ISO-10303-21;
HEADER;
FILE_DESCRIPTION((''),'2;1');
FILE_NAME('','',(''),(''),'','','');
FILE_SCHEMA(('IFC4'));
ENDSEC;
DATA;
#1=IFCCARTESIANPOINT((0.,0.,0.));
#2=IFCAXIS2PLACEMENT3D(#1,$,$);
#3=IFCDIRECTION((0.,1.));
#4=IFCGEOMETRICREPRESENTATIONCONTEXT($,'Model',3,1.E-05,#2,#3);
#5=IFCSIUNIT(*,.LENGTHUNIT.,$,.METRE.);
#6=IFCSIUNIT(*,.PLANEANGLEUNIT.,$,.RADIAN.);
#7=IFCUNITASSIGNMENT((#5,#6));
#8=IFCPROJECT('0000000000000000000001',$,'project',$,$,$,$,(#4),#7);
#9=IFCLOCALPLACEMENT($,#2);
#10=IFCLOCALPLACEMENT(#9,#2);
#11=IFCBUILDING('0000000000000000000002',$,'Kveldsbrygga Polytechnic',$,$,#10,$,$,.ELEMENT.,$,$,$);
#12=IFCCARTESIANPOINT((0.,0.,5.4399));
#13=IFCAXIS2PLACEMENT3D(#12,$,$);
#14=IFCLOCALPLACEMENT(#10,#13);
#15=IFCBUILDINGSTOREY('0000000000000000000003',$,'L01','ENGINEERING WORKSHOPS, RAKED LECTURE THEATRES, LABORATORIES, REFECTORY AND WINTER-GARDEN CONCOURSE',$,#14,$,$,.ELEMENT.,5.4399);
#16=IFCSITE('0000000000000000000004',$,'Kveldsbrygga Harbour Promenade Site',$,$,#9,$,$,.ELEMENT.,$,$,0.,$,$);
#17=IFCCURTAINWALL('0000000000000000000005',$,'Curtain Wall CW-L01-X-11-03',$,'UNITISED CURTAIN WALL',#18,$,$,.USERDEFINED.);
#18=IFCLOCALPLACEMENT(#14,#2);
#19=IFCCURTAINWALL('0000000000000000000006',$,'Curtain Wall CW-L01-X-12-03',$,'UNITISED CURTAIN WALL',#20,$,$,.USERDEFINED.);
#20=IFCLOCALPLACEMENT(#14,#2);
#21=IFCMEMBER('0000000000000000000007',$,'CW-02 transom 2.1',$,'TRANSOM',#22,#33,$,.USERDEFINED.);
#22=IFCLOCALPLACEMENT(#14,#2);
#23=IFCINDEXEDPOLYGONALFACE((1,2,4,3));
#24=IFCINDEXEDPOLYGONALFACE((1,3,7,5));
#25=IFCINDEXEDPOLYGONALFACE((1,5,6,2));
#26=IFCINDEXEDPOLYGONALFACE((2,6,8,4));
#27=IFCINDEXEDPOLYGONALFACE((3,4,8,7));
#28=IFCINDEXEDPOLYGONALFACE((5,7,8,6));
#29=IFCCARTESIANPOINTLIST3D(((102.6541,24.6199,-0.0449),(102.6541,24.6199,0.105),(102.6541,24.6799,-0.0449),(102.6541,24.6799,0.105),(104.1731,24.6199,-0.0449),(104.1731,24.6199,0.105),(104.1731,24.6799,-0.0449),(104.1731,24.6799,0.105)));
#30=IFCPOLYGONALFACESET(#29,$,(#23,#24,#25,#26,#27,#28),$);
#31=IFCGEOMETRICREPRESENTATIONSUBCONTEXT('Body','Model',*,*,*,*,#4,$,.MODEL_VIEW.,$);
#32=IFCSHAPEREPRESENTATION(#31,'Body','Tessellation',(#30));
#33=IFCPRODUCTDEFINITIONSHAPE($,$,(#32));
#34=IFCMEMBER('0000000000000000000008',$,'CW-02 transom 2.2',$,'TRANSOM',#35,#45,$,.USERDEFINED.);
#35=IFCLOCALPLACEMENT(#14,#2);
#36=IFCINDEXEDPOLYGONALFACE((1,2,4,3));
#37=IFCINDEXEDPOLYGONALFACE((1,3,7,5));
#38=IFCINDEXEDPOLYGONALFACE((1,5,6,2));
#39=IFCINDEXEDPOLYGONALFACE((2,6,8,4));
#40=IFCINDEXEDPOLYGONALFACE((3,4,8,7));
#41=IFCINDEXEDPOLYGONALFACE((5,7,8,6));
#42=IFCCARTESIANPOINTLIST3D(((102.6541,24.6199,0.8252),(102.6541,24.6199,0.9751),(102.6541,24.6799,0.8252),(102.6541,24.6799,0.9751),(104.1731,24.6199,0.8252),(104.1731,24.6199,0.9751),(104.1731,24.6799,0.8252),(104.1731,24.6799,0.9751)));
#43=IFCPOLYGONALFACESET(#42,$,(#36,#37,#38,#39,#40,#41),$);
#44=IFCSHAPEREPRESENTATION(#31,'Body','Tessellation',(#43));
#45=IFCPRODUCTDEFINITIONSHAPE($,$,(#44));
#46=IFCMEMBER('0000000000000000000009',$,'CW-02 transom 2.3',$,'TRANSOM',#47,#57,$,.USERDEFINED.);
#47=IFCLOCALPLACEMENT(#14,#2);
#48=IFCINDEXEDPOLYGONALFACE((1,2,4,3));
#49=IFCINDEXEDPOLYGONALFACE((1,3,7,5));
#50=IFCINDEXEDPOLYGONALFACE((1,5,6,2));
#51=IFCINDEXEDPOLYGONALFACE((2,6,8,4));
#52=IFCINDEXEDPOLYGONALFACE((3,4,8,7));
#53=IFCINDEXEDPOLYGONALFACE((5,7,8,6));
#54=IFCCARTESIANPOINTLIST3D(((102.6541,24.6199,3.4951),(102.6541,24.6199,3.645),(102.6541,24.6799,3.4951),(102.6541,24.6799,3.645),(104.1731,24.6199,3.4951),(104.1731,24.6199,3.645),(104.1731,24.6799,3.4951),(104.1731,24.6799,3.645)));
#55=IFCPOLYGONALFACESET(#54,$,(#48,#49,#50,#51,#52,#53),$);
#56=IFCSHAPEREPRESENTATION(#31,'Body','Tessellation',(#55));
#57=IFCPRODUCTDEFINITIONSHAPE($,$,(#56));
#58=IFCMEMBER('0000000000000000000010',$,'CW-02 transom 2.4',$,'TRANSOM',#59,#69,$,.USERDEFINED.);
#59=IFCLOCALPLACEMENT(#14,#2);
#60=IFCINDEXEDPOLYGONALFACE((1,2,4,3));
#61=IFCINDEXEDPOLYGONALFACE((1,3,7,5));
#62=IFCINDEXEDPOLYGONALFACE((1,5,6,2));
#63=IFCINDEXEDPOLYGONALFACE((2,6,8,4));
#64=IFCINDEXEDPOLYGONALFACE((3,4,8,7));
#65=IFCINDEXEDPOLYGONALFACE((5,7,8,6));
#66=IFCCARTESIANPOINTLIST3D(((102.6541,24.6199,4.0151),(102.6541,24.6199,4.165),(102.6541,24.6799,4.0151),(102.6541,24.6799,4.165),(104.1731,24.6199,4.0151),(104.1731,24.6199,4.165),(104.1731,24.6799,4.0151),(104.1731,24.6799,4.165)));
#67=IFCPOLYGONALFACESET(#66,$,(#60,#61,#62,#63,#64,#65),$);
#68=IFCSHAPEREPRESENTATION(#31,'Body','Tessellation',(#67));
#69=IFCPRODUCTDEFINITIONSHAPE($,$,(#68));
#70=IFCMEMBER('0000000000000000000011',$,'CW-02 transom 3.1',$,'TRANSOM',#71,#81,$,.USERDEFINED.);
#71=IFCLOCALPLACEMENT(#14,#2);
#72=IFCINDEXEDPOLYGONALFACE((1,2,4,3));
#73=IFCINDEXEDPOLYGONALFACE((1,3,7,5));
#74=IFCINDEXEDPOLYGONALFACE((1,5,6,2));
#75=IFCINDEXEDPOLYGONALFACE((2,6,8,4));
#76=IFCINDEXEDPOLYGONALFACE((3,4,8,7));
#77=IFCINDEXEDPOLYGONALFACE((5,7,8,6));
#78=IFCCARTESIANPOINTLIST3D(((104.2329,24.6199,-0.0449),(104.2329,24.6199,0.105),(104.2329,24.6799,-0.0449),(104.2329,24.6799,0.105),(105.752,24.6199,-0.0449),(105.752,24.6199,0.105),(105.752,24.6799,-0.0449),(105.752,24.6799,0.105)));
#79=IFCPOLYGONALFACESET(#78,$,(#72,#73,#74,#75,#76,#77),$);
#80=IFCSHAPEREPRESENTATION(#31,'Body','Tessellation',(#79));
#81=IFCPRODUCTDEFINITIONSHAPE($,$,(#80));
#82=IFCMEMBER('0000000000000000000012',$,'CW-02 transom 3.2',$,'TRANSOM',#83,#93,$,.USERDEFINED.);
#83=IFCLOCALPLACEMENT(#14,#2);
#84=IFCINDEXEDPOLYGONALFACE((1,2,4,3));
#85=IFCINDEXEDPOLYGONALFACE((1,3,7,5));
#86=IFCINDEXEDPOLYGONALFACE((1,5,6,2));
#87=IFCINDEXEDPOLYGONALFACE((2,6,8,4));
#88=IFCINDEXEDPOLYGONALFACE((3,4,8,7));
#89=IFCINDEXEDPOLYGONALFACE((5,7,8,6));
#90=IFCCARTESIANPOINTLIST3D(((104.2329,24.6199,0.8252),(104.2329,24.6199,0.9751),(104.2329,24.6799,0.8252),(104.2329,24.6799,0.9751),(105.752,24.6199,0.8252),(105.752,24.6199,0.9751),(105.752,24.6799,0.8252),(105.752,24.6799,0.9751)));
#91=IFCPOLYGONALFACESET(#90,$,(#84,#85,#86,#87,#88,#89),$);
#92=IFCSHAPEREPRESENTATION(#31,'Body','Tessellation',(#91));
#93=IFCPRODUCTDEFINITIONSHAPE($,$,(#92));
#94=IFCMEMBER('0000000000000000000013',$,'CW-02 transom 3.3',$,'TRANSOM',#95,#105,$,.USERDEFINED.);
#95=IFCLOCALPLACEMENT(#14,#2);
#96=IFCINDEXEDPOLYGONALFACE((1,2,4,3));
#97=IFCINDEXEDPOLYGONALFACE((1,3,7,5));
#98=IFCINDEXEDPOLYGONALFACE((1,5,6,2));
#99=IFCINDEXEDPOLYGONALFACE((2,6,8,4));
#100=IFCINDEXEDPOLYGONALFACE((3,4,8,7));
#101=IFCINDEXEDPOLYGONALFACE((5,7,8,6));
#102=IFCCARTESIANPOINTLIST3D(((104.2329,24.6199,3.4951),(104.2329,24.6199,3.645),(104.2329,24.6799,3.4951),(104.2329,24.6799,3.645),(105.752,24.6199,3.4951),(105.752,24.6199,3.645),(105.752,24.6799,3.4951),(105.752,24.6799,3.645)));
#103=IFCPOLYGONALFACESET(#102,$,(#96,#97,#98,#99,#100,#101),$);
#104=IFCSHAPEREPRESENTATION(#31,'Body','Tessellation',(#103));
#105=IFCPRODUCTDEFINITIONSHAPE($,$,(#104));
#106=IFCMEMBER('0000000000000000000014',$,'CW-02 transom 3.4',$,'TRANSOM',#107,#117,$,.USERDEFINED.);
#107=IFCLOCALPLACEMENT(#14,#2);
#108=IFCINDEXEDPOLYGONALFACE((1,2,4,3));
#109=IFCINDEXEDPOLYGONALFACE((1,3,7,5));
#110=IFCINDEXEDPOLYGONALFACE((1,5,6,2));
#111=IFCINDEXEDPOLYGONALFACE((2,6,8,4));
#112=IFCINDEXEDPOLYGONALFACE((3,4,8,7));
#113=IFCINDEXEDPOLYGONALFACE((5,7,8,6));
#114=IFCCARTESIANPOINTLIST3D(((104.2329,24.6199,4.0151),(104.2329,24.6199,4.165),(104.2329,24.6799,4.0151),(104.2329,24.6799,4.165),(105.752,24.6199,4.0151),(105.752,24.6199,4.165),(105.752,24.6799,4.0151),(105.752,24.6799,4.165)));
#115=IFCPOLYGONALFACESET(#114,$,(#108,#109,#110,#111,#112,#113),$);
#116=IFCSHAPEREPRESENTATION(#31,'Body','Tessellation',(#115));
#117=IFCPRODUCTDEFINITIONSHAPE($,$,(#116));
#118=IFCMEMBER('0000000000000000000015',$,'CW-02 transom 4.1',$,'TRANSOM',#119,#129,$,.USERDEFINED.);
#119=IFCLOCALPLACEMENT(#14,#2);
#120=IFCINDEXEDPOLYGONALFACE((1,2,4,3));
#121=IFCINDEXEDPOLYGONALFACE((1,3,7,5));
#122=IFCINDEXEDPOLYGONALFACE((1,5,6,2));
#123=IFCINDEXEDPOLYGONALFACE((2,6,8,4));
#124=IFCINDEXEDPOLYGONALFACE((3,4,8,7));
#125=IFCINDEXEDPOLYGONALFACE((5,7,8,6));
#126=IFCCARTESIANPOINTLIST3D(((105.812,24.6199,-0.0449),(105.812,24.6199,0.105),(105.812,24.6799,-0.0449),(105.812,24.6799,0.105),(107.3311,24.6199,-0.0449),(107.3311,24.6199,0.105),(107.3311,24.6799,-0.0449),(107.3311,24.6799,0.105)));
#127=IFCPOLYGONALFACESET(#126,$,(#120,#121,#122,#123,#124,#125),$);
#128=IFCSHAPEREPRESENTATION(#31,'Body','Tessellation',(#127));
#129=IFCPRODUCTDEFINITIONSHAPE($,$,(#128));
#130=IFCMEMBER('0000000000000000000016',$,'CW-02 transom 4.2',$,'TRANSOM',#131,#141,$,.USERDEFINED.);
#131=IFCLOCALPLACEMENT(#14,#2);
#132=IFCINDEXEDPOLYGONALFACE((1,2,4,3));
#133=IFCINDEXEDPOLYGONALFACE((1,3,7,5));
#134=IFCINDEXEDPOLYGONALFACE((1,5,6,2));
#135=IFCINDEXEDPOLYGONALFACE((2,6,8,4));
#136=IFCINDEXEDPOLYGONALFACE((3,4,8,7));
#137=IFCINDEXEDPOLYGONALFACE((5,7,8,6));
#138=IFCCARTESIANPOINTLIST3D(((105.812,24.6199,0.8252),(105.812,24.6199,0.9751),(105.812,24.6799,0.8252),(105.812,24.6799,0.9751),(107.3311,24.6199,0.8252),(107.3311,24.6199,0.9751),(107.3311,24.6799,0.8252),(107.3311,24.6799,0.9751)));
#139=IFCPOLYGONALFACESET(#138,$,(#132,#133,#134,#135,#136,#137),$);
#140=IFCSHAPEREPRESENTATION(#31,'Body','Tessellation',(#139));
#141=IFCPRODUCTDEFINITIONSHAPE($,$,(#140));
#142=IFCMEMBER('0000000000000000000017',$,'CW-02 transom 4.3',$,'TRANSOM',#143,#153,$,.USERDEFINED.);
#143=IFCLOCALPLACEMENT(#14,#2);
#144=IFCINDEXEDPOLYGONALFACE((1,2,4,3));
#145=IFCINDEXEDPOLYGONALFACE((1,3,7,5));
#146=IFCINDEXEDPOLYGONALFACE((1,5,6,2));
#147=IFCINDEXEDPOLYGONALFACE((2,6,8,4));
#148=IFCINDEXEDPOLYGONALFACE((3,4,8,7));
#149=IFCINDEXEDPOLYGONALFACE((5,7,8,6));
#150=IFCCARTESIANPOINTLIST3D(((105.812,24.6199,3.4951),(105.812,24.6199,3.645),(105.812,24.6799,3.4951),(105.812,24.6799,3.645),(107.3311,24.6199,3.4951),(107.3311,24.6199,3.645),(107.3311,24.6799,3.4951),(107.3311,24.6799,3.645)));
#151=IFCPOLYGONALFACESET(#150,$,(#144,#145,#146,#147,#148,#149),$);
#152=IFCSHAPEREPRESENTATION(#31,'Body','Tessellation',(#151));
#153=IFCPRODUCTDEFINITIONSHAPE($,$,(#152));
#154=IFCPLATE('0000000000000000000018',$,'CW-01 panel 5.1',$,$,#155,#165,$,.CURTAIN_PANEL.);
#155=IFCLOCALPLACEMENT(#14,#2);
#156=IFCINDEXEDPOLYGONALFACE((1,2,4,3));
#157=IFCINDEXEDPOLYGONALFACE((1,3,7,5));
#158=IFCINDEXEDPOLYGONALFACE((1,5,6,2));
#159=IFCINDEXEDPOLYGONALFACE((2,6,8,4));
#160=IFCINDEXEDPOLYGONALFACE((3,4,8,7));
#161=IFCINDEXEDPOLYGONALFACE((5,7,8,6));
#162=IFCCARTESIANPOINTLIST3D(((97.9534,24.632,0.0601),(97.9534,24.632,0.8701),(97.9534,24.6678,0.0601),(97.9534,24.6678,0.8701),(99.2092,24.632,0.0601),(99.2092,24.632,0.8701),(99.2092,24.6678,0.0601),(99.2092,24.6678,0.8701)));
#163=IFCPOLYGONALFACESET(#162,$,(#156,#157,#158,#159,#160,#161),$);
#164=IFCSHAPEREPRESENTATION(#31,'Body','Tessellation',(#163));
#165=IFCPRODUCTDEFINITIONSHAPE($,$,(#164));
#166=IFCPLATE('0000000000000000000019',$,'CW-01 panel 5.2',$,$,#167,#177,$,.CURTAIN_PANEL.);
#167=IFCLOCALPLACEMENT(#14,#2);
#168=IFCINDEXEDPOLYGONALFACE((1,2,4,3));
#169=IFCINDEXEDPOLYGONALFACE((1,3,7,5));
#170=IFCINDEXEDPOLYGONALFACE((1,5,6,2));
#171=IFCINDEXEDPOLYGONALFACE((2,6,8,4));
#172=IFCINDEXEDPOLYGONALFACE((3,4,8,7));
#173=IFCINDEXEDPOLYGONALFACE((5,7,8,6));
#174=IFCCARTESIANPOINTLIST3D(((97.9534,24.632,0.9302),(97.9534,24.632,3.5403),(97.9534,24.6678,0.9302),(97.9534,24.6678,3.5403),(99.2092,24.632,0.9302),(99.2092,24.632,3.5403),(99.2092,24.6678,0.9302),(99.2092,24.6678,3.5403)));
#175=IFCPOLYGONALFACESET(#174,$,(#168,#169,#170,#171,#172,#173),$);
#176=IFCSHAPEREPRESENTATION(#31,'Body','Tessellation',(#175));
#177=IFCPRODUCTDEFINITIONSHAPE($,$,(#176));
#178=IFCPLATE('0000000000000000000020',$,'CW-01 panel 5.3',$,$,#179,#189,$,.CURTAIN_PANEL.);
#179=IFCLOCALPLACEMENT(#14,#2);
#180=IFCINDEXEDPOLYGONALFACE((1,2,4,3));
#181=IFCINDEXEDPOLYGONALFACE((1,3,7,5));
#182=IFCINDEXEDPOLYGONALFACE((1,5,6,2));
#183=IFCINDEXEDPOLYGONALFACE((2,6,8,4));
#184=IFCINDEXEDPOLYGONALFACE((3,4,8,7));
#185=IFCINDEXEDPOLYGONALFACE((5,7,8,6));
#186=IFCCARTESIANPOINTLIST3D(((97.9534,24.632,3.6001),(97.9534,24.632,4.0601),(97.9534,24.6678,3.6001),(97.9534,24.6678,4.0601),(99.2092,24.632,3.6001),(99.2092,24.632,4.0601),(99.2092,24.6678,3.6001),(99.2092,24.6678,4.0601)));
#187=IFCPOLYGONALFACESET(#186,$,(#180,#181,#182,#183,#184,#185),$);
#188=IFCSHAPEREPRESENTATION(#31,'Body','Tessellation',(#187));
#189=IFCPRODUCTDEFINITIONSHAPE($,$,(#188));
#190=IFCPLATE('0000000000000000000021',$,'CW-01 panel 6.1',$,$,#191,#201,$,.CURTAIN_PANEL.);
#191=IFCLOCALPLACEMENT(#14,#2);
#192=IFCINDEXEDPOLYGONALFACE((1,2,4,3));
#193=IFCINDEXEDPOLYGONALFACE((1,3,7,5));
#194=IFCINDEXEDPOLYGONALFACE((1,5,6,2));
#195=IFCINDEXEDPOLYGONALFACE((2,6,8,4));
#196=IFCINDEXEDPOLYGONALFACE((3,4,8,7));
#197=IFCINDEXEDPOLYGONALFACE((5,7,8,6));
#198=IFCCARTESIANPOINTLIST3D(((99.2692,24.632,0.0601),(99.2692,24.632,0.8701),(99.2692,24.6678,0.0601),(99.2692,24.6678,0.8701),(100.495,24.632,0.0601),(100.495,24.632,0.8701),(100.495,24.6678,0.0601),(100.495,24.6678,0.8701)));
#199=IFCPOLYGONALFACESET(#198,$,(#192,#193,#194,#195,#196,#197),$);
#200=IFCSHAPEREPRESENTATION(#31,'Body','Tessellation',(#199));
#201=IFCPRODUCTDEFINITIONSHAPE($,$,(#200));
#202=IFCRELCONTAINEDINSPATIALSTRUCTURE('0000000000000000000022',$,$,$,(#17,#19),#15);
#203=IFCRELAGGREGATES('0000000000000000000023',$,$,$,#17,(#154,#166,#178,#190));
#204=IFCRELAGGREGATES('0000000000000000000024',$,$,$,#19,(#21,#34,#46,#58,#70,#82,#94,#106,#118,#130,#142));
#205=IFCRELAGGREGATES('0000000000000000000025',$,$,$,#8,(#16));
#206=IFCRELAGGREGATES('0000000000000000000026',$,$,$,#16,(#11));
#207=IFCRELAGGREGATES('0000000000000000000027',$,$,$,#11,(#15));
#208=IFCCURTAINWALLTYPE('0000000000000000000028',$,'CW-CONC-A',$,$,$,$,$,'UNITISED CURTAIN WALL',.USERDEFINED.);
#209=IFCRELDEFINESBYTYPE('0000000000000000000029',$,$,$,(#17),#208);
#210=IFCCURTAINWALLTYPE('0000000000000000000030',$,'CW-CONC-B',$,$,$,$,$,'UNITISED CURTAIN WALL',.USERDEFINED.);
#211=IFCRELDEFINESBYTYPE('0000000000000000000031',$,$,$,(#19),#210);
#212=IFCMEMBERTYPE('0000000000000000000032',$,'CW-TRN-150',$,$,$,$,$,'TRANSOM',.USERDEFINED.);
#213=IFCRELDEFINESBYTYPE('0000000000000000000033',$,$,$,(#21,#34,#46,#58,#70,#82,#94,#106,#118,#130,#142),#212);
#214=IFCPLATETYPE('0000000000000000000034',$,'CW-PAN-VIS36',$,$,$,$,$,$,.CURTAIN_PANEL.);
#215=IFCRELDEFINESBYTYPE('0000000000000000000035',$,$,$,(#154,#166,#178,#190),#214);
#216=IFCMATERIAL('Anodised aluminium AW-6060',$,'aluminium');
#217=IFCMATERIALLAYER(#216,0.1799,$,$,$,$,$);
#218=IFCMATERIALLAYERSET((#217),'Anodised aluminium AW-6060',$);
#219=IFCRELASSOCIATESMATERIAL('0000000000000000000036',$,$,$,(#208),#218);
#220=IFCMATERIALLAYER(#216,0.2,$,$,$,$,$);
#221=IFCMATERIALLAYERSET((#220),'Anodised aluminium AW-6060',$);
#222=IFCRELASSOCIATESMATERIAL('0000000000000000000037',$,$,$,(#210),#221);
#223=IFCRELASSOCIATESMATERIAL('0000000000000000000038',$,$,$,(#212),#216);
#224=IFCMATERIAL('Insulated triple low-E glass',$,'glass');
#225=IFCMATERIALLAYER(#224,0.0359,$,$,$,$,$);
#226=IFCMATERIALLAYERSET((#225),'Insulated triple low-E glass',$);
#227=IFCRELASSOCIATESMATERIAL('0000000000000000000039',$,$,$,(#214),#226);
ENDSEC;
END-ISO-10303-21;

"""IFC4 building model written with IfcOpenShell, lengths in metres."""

from ifc_helpers import new_model, si_unit, direction, frame, origin, origin_2d, place, context, subcontext, project, spatial, rectangle, extrude, material, layer, layer_set, material_profile, profile_set, type_object, element, aggregate, save


model = new_model("IFC4")

# Units and contexts
model_context = context("Model", 3, precision=1e-05, world=origin(), true_north=direction((0.0, 1.0)))
body_context = subcontext(model_context, "Body", "Model", "MODEL_VIEW")
ifc_project = project(units=[si_unit("LENGTHUNIT", "METRE"), si_unit("PLANEANGLEUNIT", "RADIAN")], contexts=[model_context])

# Site, building, storey
site_placement = place(None, origin())
site = spatial("IfcSite", under=ifc_project, at=site_placement, Name="Kveldsbrygga Harbour Promenade Site", CompositionType="ELEMENT", RefElevation=0.0)
building_placement = place(site_placement, origin())
building = spatial("IfcBuilding", under=site, at=building_placement, Name="Kveldsbrygga Polytechnic", CompositionType="ELEMENT")
storey_placement = place(building_placement, frame((0.0, 0.0, 5.4399)))
storey = spatial("IfcBuildingStorey", under=building, at=storey_placement, Name="L01", Description="ENGINEERING WORKSHOPS, RAKED LECTURE THEATRES, LABORATORIES, REFECTORY AND WINTER-GARDEN CONCOURSE", CompositionType="ELEMENT", Elevation=5.4399)

# Curtain walls
ifc_material_1 = material(Name="Anodised aluminium AW-6060", Category="aluminium")
ifc_layer_1 = layer(ifc_material_1, 0.1799)
ifc_layer_set_1 = layer_set([ifc_layer_1], Name="Anodised aluminium AW-6060")
curtain_wall_type_1 = type_object("IfcCurtainWallType", Name="CW-CONC-A", ElementType="UNITISED CURTAIN WALL", PredefinedType="USERDEFINED", material=ifc_layer_set_1)
curtain_wall_1_placement = place(storey_placement, origin())
curtain_wall_1 = element("IfcCurtainWall", 1, at=curtain_wall_1_placement, inside=storey, type_object=curtain_wall_type_1, Name="Curtain Wall CW-L01-X-11-03", ObjectType="UNITISED CURTAIN WALL", PredefinedType="USERDEFINED")
ifc_layer_2 = layer(ifc_material_1, 0.2)
ifc_layer_set_2 = layer_set([ifc_layer_2], Name="Anodised aluminium AW-6060")
curtain_wall_type_2 = type_object("IfcCurtainWallType", Name="CW-CONC-B", ElementType="UNITISED CURTAIN WALL", PredefinedType="USERDEFINED", material=ifc_layer_set_2)
curtain_wall_2_placement = place(storey_placement, origin())
curtain_wall_2 = element("IfcCurtainWall", 2, at=curtain_wall_2_placement, inside=storey, type_object=curtain_wall_type_2, Name="Curtain Wall CW-L01-X-12-03", ObjectType="UNITISED CURTAIN WALL", PredefinedType="USERDEFINED")

# Members
ifc_material_profile_1 = material_profile(ifc_material_1, rectangle(XDim=0.0601, YDim=0.1499, at=origin_2d()), Name="ALU 60x150")
ifc_profile_set_1 = profile_set([ifc_material_profile_1], Name="Anodised aluminium AW-6060")
member_type_1 = type_object("IfcMemberType", Name="CW-TRN-150", ElementType="TRANSOM", PredefinedType="USERDEFINED", material=ifc_profile_set_1)
member_1_placement = place(storey_placement, frame((102.6541, 24.6499, 0.03), z_axis=(1.0, 0.0, 0.0), x_axis=(0.0, 1.0, 0.0)))
member_1 = element("IfcMember", 3, at=member_1_placement, type_object=member_type_1, Name="CW-02 transom 2.1", ObjectType="TRANSOM", PredefinedType="USERDEFINED", context=body_context, shape_type="SweptSolid", body=[
    extrude(rectangle(XDim=0.0601, YDim=0.1499, at=origin_2d()), origin(), (0.0, 0.0, 1.0), 1.519),
])
member_2_placement = place(storey_placement, frame((102.6541, 24.6499, 0.9001), z_axis=(1.0, 0.0, 0.0), x_axis=(0.0, 1.0, 0.0)))
member_2 = element("IfcMember", 4, at=member_2_placement, type_object=member_type_1, Name="CW-02 transom 2.2", ObjectType="TRANSOM", PredefinedType="USERDEFINED", context=body_context, shape_type="SweptSolid", body=[
    extrude(rectangle(XDim=0.0601, YDim=0.1499, at=origin_2d()), origin(), (0.0, 0.0, 1.0), 1.519),
])
member_3_placement = place(storey_placement, frame((102.6541, 24.6499, 3.5701), z_axis=(1.0, 0.0, 0.0), x_axis=(0.0, 1.0, 0.0)))
member_3 = element("IfcMember", 5, at=member_3_placement, type_object=member_type_1, Name="CW-02 transom 2.3", ObjectType="TRANSOM", PredefinedType="USERDEFINED", context=body_context, shape_type="SweptSolid", body=[
    extrude(rectangle(XDim=0.0601, YDim=0.1499, at=origin_2d()), origin(), (0.0, 0.0, 1.0), 1.519),
])
member_4_placement = place(storey_placement, frame((102.6541, 24.6499, 4.0901), z_axis=(1.0, 0.0, 0.0), x_axis=(0.0, 1.0, 0.0)))
member_4 = element("IfcMember", 6, at=member_4_placement, type_object=member_type_1, Name="CW-02 transom 2.4", ObjectType="TRANSOM", PredefinedType="USERDEFINED", context=body_context, shape_type="SweptSolid", body=[
    extrude(rectangle(XDim=0.0601, YDim=0.1499, at=origin_2d()), origin(), (0.0, 0.0, 1.0), 1.519),
])
member_5_placement = place(storey_placement, frame((104.2329, 24.6499, 0.03), z_axis=(1.0, 0.0, 0.0), x_axis=(0.0, 1.0, 0.0)))
member_5 = element("IfcMember", 7, at=member_5_placement, type_object=member_type_1, Name="CW-02 transom 3.1", ObjectType="TRANSOM", PredefinedType="USERDEFINED", context=body_context, shape_type="SweptSolid", body=[
    extrude(rectangle(XDim=0.0601, YDim=0.1499, at=origin_2d()), origin(), (0.0, 0.0, 1.0), 1.519),
])
member_6_placement = place(storey_placement, frame((104.2329, 24.6499, 0.9001), z_axis=(1.0, 0.0, 0.0), x_axis=(0.0, 1.0, 0.0)))
member_6 = element("IfcMember", 8, at=member_6_placement, type_object=member_type_1, Name="CW-02 transom 3.2", ObjectType="TRANSOM", PredefinedType="USERDEFINED", context=body_context, shape_type="SweptSolid", body=[
    extrude(rectangle(XDim=0.0601, YDim=0.1499, at=origin_2d()), origin(), (0.0, 0.0, 1.0), 1.519),
])
member_7_placement = place(storey_placement, frame((104.2329, 24.6499, 3.5701), z_axis=(1.0, 0.0, 0.0), x_axis=(0.0, 1.0, 0.0)))
member_7 = element("IfcMember", 9, at=member_7_placement, type_object=member_type_1, Name="CW-02 transom 3.3", ObjectType="TRANSOM", PredefinedType="USERDEFINED", context=body_context, shape_type="SweptSolid", body=[
    extrude(rectangle(XDim=0.0601, YDim=0.1499, at=origin_2d()), origin(), (0.0, 0.0, 1.0), 1.519),
])
member_8_placement = place(storey_placement, frame((104.2329, 24.6499, 4.0901), z_axis=(1.0, 0.0, 0.0), x_axis=(0.0, 1.0, 0.0)))
member_8 = element("IfcMember", 10, at=member_8_placement, type_object=member_type_1, Name="CW-02 transom 3.4", ObjectType="TRANSOM", PredefinedType="USERDEFINED", context=body_context, shape_type="SweptSolid", body=[
    extrude(rectangle(XDim=0.0601, YDim=0.1499, at=origin_2d()), origin(), (0.0, 0.0, 1.0), 1.519),
])
member_9_placement = place(storey_placement, frame((105.812, 24.6499, 0.03), z_axis=(1.0, 0.0, 0.0), x_axis=(0.0, 1.0, 0.0)))
member_9 = element("IfcMember", 11, at=member_9_placement, type_object=member_type_1, Name="CW-02 transom 4.1", ObjectType="TRANSOM", PredefinedType="USERDEFINED", context=body_context, shape_type="SweptSolid", body=[
    extrude(rectangle(XDim=0.0601, YDim=0.1499, at=origin_2d()), origin(), (0.0, 0.0, 1.0), 1.519),
])
member_10_placement = place(storey_placement, frame((105.812, 24.6499, 0.9001), z_axis=(1.0, 0.0, 0.0), x_axis=(0.0, 1.0, 0.0)))
member_10 = element("IfcMember", 12, at=member_10_placement, type_object=member_type_1, Name="CW-02 transom 4.2", ObjectType="TRANSOM", PredefinedType="USERDEFINED", context=body_context, shape_type="SweptSolid", body=[
    extrude(rectangle(XDim=0.0601, YDim=0.1499, at=origin_2d()), origin(), (0.0, 0.0, 1.0), 1.519),
])
member_11_placement = place(storey_placement, frame((105.812, 24.6499, 3.5701), z_axis=(1.0, 0.0, 0.0), x_axis=(0.0, 1.0, 0.0)))
member_11 = element("IfcMember", 13, at=member_11_placement, type_object=member_type_1, Name="CW-02 transom 4.3", ObjectType="TRANSOM", PredefinedType="USERDEFINED", context=body_context, shape_type="SweptSolid", body=[
    extrude(rectangle(XDim=0.0601, YDim=0.1499, at=origin_2d()), origin(), (0.0, 0.0, 1.0), 1.519),
])

# Plates
ifc_material_2 = material(Name="Insulated triple low-E glass", Category="glass")
ifc_layer_3 = layer(ifc_material_2, 0.0359)
ifc_layer_set_3 = layer_set([ifc_layer_3], Name="Insulated triple low-E glass")
plate_type_1 = type_object("IfcPlateType", Name="CW-PAN-VIS36", PredefinedType="CURTAIN_PANEL", material=ifc_layer_set_3)
plate_1_placement = place(storey_placement, frame((98.5813, 24.6499, 0.0601), z_axis=(0.0, 0.0, 1.0), x_axis=(1.0, 0.0, 0.0)))
plate_1 = element("IfcPlate", 14, at=plate_1_placement, type_object=plate_type_1, Name="CW-01 panel 5.1", PredefinedType="CURTAIN_PANEL", context=body_context, shape_type="SweptSolid", body=[
    extrude(rectangle(XDim=1.2559, YDim=0.0359, at=origin_2d()), origin(), (0.0, 0.0, 1.0), 0.8101),
])
plate_2_placement = place(storey_placement, frame((98.5813, 24.6499, 0.9302), z_axis=(0.0, 0.0, 1.0), x_axis=(1.0, 0.0, 0.0)))
plate_2 = element("IfcPlate", 15, at=plate_2_placement, type_object=plate_type_1, Name="CW-01 panel 5.2", PredefinedType="CURTAIN_PANEL", context=body_context, shape_type="SweptSolid", body=[
    extrude(rectangle(XDim=1.2559, YDim=0.0359, at=origin_2d()), origin(), (0.0, 0.0, 1.0), 2.6101),
])
plate_3_placement = place(storey_placement, frame((98.5813, 24.6499, 3.6001), z_axis=(0.0, 0.0, 1.0), x_axis=(1.0, 0.0, 0.0)))
plate_3 = element("IfcPlate", 16, at=plate_3_placement, type_object=plate_type_1, Name="CW-01 panel 5.3", PredefinedType="CURTAIN_PANEL", context=body_context, shape_type="SweptSolid", body=[
    extrude(rectangle(XDim=1.2559, YDim=0.0359, at=origin_2d()), origin(), (0.0, 0.0, 1.0), 0.46),
])
plate_4_placement = place(storey_placement, frame((99.8821, 24.6499, 0.0601), z_axis=(0.0, 0.0, 1.0), x_axis=(1.0, 0.0, 0.0)))
plate_4 = element("IfcPlate", 17, at=plate_4_placement, type_object=plate_type_1, Name="CW-01 panel 6.1", PredefinedType="CURTAIN_PANEL", context=body_context, shape_type="SweptSolid", body=[
    extrude(rectangle(XDim=1.2258, YDim=0.0359, at=origin_2d()), origin(), (0.0, 0.0, 1.0), 0.8101),
])
aggregate(curtain_wall_1, [plate_1, plate_2, plate_3, plate_4])
aggregate(curtain_wall_2, [member_1, member_2, member_3, member_4, member_5, member_6, member_7, member_8, member_9, member_10, member_11])

save(model, "model.ifc")
